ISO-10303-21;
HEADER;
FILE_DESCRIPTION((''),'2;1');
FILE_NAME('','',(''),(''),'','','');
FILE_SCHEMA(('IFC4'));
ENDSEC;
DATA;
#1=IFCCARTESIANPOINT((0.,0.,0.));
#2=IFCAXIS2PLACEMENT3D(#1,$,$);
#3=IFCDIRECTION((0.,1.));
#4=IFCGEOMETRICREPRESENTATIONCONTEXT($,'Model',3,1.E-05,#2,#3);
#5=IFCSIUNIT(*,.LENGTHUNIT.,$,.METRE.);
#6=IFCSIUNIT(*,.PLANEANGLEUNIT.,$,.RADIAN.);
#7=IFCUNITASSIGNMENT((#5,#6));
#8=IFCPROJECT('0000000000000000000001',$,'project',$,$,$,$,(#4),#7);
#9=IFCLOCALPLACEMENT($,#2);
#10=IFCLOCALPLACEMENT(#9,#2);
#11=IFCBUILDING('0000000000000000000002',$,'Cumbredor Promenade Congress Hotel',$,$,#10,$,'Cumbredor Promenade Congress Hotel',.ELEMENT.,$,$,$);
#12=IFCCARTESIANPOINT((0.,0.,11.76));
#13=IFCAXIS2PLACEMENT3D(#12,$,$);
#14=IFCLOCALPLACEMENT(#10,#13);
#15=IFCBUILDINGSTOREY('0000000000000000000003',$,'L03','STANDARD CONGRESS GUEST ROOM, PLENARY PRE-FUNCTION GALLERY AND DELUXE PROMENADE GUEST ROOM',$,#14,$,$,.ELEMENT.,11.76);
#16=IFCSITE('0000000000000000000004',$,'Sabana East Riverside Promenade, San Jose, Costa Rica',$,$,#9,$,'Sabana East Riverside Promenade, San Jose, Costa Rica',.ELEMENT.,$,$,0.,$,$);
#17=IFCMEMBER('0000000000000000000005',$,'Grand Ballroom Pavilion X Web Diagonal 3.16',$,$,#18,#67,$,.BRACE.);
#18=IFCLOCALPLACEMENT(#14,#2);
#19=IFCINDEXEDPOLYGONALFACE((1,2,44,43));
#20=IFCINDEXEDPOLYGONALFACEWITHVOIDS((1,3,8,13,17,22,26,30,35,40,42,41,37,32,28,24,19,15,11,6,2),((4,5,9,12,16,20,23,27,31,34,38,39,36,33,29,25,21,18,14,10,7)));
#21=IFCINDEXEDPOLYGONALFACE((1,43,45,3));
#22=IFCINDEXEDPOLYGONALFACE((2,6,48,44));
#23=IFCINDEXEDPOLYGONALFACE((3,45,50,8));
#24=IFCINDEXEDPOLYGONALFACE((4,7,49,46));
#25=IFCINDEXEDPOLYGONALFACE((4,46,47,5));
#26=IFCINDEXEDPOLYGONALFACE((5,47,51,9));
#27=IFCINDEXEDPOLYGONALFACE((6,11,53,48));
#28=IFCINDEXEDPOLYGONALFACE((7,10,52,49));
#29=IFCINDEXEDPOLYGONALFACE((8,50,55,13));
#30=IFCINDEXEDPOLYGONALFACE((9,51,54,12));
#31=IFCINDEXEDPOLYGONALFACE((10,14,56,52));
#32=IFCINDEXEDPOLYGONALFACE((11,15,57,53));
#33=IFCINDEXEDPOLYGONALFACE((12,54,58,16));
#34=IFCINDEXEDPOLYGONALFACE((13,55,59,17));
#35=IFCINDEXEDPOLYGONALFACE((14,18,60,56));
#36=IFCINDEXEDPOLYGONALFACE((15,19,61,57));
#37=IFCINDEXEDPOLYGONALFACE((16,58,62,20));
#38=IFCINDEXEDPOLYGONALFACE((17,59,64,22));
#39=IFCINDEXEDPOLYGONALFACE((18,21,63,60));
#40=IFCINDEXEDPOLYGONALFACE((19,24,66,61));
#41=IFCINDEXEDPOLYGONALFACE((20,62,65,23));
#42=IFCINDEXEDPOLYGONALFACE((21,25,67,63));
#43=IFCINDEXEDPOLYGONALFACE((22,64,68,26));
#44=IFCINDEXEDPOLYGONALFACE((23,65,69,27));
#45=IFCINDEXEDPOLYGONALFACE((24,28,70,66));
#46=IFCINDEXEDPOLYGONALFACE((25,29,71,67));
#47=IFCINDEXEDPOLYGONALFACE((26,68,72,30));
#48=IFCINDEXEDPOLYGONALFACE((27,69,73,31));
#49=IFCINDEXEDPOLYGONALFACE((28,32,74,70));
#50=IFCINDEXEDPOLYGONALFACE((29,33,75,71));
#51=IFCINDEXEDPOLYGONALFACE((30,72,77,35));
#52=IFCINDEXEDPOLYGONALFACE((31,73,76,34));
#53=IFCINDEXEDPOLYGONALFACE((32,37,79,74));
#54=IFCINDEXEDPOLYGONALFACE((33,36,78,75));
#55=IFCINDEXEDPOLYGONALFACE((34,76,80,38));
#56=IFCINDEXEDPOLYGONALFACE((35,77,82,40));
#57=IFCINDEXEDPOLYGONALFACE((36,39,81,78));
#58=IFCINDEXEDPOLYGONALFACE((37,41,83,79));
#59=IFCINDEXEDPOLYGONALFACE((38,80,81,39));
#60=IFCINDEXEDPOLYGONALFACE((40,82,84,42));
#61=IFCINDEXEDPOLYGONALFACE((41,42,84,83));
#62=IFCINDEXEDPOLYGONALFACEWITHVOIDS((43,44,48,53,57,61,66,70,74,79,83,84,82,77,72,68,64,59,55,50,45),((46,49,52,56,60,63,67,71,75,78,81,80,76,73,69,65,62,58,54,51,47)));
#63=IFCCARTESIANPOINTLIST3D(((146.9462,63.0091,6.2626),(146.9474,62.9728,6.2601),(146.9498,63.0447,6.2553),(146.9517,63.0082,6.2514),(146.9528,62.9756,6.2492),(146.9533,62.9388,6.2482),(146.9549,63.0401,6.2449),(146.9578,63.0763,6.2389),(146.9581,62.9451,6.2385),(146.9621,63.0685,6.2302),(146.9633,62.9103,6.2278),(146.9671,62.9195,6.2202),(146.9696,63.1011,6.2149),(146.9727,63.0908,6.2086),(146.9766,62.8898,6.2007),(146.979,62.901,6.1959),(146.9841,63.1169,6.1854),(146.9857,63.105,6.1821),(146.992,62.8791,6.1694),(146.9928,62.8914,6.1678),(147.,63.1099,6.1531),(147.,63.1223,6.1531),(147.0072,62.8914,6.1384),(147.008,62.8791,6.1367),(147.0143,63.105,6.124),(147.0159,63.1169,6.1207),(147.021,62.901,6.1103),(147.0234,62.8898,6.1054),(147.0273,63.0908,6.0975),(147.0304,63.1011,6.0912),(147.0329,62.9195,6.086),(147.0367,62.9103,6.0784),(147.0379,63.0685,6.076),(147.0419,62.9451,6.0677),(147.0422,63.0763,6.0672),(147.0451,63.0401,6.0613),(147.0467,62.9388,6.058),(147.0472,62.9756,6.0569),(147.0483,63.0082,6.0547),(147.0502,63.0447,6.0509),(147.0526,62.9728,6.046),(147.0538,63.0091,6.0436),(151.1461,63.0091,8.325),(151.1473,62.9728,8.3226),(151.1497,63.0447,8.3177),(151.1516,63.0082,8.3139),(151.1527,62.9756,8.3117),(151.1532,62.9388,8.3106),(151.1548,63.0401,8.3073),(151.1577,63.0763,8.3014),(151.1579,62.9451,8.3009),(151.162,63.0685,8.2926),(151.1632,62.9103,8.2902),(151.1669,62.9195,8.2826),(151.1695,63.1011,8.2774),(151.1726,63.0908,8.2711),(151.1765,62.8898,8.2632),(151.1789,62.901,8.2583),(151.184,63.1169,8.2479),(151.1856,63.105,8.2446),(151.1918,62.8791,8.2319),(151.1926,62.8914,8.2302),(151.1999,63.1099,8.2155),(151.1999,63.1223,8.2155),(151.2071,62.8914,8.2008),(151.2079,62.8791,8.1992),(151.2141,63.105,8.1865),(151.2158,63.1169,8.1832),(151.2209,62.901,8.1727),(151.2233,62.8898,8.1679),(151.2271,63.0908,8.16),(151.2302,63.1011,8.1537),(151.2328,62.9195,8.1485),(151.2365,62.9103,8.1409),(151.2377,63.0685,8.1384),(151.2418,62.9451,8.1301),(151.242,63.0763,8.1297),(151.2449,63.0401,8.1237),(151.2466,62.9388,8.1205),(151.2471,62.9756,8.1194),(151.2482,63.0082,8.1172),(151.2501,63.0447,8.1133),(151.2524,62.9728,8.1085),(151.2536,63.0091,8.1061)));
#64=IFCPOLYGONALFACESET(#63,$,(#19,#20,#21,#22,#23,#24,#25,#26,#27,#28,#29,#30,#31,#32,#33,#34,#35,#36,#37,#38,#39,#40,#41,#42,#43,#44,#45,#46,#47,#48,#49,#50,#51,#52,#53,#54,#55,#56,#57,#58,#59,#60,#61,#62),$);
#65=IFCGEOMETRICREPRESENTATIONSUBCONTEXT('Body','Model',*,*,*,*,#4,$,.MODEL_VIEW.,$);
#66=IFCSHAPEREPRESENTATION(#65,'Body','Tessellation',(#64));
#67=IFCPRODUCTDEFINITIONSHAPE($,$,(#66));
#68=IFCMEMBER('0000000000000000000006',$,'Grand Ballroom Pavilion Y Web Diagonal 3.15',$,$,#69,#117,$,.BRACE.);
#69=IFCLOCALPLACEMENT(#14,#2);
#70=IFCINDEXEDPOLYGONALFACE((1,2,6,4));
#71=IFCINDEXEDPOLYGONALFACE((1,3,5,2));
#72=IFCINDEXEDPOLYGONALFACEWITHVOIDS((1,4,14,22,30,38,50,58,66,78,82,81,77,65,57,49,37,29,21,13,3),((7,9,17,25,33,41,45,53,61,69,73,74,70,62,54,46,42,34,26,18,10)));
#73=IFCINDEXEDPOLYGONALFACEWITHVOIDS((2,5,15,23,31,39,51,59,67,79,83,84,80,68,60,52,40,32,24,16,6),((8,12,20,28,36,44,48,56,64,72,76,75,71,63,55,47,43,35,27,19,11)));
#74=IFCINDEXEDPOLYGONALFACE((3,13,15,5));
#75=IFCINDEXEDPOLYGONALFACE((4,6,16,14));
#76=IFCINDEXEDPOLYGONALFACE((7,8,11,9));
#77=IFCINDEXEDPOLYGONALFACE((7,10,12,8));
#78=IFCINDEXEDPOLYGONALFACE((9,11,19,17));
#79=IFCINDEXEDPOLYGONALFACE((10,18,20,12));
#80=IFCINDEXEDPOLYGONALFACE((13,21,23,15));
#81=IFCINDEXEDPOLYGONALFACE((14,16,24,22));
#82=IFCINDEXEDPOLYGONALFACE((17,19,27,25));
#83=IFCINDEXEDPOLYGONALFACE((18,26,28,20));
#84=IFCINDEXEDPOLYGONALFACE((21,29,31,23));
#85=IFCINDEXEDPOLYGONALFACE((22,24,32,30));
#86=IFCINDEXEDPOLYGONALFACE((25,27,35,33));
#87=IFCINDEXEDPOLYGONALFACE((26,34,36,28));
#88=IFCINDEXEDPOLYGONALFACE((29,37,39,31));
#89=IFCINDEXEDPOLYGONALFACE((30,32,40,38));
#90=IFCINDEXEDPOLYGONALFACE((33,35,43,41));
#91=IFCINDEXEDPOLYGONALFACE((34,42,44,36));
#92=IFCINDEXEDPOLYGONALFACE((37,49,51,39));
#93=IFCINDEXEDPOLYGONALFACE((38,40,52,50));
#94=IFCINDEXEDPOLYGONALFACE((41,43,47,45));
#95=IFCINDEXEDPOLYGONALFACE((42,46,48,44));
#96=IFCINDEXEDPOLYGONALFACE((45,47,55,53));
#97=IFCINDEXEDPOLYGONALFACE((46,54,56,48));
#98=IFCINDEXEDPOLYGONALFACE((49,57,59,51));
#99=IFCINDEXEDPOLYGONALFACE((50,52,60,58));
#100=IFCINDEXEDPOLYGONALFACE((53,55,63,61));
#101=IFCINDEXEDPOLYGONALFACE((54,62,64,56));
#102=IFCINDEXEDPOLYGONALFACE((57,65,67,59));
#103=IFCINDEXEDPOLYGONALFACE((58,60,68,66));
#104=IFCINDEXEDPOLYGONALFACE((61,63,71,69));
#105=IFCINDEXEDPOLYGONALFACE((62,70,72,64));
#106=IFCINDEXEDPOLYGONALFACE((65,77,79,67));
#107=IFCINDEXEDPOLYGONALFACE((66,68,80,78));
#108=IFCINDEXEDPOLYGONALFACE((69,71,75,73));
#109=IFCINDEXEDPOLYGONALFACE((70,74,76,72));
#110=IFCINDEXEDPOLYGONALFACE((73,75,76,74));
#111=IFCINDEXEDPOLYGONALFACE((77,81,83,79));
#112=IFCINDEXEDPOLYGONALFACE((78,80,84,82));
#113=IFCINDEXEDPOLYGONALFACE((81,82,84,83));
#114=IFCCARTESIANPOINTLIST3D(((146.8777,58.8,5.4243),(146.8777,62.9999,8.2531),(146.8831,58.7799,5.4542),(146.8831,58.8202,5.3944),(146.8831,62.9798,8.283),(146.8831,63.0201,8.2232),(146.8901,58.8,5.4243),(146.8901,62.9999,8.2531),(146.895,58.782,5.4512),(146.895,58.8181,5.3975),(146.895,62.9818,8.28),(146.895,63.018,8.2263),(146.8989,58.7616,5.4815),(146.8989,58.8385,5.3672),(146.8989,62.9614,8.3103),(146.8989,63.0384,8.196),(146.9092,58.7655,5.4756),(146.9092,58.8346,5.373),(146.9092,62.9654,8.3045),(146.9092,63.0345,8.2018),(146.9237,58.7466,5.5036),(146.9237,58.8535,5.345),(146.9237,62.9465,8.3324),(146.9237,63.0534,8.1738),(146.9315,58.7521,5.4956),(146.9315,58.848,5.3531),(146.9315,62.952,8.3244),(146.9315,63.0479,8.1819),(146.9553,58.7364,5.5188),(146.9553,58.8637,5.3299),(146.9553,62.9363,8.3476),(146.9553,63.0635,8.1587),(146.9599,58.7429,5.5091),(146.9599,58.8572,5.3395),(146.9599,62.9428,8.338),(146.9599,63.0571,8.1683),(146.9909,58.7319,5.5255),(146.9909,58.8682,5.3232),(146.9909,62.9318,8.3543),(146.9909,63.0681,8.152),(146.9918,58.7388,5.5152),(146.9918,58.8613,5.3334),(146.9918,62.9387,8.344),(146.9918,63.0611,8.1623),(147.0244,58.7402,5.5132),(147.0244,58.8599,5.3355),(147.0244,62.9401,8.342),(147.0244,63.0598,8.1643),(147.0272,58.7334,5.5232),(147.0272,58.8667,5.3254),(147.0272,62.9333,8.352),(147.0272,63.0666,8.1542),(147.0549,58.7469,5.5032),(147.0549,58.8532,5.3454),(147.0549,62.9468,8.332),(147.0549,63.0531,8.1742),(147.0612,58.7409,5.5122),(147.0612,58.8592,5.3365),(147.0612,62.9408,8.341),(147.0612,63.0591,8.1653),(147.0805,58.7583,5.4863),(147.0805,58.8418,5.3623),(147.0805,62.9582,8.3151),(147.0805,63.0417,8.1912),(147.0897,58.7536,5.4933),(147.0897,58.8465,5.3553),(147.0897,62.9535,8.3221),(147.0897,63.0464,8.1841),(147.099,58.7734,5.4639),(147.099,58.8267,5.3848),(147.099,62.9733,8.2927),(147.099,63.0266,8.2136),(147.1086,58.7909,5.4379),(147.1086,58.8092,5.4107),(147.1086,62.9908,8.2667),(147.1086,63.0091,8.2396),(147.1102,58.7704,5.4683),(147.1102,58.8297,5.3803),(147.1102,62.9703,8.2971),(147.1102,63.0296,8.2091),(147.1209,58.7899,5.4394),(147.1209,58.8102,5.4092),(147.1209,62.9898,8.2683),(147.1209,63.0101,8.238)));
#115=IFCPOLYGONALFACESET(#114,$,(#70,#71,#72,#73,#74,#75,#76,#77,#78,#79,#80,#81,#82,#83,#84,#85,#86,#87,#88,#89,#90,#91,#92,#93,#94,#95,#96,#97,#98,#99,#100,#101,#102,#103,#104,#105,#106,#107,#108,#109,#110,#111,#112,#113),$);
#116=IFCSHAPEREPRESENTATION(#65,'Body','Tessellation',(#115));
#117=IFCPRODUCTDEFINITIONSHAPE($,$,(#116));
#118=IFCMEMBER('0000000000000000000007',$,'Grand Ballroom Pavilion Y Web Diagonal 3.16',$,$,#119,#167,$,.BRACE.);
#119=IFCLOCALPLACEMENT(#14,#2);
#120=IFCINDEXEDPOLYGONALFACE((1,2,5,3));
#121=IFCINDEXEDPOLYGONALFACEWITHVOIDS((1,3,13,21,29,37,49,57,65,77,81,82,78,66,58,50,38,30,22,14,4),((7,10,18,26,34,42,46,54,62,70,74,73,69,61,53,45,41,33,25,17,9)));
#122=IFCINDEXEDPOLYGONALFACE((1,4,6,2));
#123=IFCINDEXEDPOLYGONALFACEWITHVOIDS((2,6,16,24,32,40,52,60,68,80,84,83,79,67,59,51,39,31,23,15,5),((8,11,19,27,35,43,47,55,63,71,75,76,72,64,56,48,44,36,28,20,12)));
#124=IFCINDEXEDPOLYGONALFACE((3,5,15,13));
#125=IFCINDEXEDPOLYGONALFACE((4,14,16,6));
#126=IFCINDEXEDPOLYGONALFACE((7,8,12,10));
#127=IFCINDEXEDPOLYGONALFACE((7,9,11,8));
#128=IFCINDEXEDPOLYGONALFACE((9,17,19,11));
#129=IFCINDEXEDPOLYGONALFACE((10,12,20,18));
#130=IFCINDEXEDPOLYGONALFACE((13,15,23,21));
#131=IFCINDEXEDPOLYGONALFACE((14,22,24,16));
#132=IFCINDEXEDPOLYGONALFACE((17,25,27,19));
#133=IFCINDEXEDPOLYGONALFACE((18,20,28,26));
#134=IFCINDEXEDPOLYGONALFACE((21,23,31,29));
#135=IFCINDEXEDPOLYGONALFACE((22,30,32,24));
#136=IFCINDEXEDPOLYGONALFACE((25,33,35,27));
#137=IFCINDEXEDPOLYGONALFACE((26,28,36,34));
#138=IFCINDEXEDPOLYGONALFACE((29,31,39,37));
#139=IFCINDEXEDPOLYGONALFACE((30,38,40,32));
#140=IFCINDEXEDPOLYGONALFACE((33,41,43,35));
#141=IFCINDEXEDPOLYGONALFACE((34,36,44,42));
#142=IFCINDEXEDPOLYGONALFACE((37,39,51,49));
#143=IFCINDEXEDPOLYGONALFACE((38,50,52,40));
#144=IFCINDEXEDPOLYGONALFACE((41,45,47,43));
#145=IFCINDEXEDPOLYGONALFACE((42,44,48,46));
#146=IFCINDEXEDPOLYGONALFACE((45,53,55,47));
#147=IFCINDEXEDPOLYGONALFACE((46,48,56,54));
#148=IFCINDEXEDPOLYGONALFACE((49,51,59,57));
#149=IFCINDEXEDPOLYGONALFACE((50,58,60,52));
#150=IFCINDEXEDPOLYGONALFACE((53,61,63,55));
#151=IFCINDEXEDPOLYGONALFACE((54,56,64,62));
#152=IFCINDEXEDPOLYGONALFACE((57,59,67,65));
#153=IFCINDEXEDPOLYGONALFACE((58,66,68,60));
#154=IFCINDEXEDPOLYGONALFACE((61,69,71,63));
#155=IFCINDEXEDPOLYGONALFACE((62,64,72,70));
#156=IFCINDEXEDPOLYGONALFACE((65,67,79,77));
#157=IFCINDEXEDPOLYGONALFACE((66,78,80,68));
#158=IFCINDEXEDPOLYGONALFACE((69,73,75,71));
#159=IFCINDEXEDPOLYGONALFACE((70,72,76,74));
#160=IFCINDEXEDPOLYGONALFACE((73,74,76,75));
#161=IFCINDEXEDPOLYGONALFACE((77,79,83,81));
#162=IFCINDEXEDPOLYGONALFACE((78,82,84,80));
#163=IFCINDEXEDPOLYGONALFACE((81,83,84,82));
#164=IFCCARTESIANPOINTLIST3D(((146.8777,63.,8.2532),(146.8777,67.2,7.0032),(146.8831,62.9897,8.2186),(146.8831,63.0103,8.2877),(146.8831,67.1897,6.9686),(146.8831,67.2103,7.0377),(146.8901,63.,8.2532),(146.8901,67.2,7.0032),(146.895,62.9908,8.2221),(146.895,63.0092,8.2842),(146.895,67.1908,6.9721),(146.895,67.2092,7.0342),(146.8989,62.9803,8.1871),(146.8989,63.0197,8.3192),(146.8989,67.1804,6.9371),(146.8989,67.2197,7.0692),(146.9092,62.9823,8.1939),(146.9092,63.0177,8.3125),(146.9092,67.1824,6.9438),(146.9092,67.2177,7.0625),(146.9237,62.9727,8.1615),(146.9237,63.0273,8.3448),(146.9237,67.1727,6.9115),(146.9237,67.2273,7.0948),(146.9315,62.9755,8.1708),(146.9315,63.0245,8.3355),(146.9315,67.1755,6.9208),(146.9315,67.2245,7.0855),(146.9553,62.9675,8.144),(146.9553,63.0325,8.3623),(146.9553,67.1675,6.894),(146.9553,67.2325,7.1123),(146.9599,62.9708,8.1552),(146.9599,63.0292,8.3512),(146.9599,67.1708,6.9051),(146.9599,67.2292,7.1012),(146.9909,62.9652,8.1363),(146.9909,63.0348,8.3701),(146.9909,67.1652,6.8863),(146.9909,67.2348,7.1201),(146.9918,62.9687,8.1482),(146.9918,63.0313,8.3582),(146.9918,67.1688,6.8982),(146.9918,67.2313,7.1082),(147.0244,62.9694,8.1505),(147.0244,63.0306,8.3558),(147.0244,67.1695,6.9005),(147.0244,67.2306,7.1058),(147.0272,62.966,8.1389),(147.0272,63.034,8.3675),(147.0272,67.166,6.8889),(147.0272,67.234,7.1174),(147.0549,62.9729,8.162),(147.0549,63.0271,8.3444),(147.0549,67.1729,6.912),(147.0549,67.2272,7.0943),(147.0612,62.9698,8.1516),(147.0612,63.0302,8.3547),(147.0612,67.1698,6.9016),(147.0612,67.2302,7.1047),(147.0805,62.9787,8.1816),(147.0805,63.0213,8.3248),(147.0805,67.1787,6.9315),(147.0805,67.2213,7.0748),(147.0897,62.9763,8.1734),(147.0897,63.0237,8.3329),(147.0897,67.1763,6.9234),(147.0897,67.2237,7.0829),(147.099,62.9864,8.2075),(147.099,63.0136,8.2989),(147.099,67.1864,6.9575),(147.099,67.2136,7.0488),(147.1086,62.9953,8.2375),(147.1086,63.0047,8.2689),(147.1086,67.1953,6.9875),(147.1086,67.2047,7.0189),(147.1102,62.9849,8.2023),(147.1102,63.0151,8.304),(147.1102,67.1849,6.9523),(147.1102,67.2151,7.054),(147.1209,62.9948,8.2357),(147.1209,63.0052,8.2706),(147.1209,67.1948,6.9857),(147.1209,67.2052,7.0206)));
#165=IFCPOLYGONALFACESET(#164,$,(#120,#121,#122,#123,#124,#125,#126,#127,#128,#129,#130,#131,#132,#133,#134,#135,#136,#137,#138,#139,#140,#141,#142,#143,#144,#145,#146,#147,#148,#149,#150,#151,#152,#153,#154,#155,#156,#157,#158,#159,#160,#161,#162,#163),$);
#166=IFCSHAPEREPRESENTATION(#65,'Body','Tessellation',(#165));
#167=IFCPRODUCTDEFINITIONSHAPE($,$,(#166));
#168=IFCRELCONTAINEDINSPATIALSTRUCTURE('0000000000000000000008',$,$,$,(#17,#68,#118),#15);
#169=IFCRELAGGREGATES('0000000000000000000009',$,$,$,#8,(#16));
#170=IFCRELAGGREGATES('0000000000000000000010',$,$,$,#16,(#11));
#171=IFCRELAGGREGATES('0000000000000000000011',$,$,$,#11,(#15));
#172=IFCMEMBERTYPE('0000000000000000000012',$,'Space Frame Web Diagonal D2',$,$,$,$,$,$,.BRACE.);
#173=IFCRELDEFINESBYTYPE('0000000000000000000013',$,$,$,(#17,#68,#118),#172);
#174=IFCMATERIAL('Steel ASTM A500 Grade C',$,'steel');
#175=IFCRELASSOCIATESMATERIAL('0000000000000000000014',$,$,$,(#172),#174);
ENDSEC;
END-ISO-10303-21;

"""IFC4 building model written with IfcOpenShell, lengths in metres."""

from ifc_helpers import new_model, si_unit, direction, frame, origin, origin_2d, place, context, subcontext, project, spatial, hollow_circle, extrude, material, material_profile, profile_set, type_object, element, save


model = new_model("IFC4")

# Units and contexts
model_context = context("Model", 3, precision=1e-05, world=origin(), true_north=direction((0.0, 1.0)))
body_context = subcontext(model_context, "Body", "Model", "MODEL_VIEW")
ifc_project = project(units=[si_unit("LENGTHUNIT", "METRE"), si_unit("PLANEANGLEUNIT", "RADIAN")], contexts=[model_context])

# Site, building, storey
site_placement = place(None, origin())
site = spatial("IfcSite", under=ifc_project, at=site_placement, Name="Sabana East Riverside Promenade, San Jose, Costa Rica", LongName="Sabana East Riverside Promenade, San Jose, Costa Rica", CompositionType="ELEMENT", RefElevation=0.0)
building_placement = place(site_placement, origin())
building = spatial("IfcBuilding", under=site, at=building_placement, Name="Cumbredor Promenade Congress Hotel", LongName="Cumbredor Promenade Congress Hotel", CompositionType="ELEMENT")
storey_placement = place(building_placement, frame((0.0, 0.0, 11.76)))
storey = spatial("IfcBuildingStorey", under=building, at=storey_placement, Name="L03", Description="STANDARD CONGRESS GUEST ROOM, PLENARY PRE-FUNCTION GALLERY AND DELUXE PROMENADE GUEST ROOM", CompositionType="ELEMENT", Elevation=11.76)

# Shared definitions
ifc_material_1 = material(Name="Steel ASTM A500 Grade C", Category="steel")

# Members
ifc_material_profile_1 = material_profile(ifc_material_1, hollow_circle(Radius=0.1223, WallThickness=0.0125, at=origin_2d()), Name="CHS 244.5x12.5")
ifc_profile_set_1 = profile_set([ifc_material_profile_1], Name="Steel ASTM A500 Grade C")
member_type_1 = type_object("IfcMemberType", Name="Space Frame Web Diagonal D2", PredefinedType="BRACE", material=ifc_profile_set_1)
member_1_placement = place(storey_placement, frame((147.0, 63.0, 6.1531), z_axis=(0.897608, 0.0, 0.440795), x_axis=(0.0, 1.0, 0.0)))
element("IfcMember", 1, at=member_1_placement, inside=storey, type_object=member_type_1, Name="Grand Ballroom Pavilion X Web Diagonal 3.16", PredefinedType="BRACE", context=body_context, shape_type="SweptSolid", body=[
    extrude(hollow_circle(Radius=0.1223, WallThickness=0.0125, at=origin_2d()), origin(), (0.0, 0.0, 1.0), 4.679),
])
member_2_placement = place(storey_placement, frame((147.0, 58.8, 5.4243), z_axis=(0.0, 0.829408, 0.558644), x_axis=(-1.0, 0.0, 0.0)))
element("IfcMember", 2, at=member_2_placement, inside=storey, type_object=member_type_1, Name="Grand Ballroom Pavilion Y Web Diagonal 3.15", PredefinedType="BRACE", context=body_context, shape_type="SweptSolid", body=[
    extrude(hollow_circle(Radius=0.1223, WallThickness=0.0125, at=origin_2d()), origin(), (0.0, 0.0, 1.0), 5.0637),
])
member_3_placement = place(storey_placement, frame((147.0, 63.0, 8.2532), z_axis=(0.0, 0.958451, -0.285257), x_axis=(-1.0, 0.0, 0.0)))
element("IfcMember", 3, at=member_3_placement, inside=storey, type_object=member_type_1, Name="Grand Ballroom Pavilion Y Web Diagonal 3.16", PredefinedType="BRACE", context=body_context, shape_type="SweptSolid", body=[
    extrude(hollow_circle(Radius=0.1223, WallThickness=0.0125, at=origin_2d()), origin(), (0.0, 0.0, 1.0), 4.3821),
])

save(model, "model.ifc")
